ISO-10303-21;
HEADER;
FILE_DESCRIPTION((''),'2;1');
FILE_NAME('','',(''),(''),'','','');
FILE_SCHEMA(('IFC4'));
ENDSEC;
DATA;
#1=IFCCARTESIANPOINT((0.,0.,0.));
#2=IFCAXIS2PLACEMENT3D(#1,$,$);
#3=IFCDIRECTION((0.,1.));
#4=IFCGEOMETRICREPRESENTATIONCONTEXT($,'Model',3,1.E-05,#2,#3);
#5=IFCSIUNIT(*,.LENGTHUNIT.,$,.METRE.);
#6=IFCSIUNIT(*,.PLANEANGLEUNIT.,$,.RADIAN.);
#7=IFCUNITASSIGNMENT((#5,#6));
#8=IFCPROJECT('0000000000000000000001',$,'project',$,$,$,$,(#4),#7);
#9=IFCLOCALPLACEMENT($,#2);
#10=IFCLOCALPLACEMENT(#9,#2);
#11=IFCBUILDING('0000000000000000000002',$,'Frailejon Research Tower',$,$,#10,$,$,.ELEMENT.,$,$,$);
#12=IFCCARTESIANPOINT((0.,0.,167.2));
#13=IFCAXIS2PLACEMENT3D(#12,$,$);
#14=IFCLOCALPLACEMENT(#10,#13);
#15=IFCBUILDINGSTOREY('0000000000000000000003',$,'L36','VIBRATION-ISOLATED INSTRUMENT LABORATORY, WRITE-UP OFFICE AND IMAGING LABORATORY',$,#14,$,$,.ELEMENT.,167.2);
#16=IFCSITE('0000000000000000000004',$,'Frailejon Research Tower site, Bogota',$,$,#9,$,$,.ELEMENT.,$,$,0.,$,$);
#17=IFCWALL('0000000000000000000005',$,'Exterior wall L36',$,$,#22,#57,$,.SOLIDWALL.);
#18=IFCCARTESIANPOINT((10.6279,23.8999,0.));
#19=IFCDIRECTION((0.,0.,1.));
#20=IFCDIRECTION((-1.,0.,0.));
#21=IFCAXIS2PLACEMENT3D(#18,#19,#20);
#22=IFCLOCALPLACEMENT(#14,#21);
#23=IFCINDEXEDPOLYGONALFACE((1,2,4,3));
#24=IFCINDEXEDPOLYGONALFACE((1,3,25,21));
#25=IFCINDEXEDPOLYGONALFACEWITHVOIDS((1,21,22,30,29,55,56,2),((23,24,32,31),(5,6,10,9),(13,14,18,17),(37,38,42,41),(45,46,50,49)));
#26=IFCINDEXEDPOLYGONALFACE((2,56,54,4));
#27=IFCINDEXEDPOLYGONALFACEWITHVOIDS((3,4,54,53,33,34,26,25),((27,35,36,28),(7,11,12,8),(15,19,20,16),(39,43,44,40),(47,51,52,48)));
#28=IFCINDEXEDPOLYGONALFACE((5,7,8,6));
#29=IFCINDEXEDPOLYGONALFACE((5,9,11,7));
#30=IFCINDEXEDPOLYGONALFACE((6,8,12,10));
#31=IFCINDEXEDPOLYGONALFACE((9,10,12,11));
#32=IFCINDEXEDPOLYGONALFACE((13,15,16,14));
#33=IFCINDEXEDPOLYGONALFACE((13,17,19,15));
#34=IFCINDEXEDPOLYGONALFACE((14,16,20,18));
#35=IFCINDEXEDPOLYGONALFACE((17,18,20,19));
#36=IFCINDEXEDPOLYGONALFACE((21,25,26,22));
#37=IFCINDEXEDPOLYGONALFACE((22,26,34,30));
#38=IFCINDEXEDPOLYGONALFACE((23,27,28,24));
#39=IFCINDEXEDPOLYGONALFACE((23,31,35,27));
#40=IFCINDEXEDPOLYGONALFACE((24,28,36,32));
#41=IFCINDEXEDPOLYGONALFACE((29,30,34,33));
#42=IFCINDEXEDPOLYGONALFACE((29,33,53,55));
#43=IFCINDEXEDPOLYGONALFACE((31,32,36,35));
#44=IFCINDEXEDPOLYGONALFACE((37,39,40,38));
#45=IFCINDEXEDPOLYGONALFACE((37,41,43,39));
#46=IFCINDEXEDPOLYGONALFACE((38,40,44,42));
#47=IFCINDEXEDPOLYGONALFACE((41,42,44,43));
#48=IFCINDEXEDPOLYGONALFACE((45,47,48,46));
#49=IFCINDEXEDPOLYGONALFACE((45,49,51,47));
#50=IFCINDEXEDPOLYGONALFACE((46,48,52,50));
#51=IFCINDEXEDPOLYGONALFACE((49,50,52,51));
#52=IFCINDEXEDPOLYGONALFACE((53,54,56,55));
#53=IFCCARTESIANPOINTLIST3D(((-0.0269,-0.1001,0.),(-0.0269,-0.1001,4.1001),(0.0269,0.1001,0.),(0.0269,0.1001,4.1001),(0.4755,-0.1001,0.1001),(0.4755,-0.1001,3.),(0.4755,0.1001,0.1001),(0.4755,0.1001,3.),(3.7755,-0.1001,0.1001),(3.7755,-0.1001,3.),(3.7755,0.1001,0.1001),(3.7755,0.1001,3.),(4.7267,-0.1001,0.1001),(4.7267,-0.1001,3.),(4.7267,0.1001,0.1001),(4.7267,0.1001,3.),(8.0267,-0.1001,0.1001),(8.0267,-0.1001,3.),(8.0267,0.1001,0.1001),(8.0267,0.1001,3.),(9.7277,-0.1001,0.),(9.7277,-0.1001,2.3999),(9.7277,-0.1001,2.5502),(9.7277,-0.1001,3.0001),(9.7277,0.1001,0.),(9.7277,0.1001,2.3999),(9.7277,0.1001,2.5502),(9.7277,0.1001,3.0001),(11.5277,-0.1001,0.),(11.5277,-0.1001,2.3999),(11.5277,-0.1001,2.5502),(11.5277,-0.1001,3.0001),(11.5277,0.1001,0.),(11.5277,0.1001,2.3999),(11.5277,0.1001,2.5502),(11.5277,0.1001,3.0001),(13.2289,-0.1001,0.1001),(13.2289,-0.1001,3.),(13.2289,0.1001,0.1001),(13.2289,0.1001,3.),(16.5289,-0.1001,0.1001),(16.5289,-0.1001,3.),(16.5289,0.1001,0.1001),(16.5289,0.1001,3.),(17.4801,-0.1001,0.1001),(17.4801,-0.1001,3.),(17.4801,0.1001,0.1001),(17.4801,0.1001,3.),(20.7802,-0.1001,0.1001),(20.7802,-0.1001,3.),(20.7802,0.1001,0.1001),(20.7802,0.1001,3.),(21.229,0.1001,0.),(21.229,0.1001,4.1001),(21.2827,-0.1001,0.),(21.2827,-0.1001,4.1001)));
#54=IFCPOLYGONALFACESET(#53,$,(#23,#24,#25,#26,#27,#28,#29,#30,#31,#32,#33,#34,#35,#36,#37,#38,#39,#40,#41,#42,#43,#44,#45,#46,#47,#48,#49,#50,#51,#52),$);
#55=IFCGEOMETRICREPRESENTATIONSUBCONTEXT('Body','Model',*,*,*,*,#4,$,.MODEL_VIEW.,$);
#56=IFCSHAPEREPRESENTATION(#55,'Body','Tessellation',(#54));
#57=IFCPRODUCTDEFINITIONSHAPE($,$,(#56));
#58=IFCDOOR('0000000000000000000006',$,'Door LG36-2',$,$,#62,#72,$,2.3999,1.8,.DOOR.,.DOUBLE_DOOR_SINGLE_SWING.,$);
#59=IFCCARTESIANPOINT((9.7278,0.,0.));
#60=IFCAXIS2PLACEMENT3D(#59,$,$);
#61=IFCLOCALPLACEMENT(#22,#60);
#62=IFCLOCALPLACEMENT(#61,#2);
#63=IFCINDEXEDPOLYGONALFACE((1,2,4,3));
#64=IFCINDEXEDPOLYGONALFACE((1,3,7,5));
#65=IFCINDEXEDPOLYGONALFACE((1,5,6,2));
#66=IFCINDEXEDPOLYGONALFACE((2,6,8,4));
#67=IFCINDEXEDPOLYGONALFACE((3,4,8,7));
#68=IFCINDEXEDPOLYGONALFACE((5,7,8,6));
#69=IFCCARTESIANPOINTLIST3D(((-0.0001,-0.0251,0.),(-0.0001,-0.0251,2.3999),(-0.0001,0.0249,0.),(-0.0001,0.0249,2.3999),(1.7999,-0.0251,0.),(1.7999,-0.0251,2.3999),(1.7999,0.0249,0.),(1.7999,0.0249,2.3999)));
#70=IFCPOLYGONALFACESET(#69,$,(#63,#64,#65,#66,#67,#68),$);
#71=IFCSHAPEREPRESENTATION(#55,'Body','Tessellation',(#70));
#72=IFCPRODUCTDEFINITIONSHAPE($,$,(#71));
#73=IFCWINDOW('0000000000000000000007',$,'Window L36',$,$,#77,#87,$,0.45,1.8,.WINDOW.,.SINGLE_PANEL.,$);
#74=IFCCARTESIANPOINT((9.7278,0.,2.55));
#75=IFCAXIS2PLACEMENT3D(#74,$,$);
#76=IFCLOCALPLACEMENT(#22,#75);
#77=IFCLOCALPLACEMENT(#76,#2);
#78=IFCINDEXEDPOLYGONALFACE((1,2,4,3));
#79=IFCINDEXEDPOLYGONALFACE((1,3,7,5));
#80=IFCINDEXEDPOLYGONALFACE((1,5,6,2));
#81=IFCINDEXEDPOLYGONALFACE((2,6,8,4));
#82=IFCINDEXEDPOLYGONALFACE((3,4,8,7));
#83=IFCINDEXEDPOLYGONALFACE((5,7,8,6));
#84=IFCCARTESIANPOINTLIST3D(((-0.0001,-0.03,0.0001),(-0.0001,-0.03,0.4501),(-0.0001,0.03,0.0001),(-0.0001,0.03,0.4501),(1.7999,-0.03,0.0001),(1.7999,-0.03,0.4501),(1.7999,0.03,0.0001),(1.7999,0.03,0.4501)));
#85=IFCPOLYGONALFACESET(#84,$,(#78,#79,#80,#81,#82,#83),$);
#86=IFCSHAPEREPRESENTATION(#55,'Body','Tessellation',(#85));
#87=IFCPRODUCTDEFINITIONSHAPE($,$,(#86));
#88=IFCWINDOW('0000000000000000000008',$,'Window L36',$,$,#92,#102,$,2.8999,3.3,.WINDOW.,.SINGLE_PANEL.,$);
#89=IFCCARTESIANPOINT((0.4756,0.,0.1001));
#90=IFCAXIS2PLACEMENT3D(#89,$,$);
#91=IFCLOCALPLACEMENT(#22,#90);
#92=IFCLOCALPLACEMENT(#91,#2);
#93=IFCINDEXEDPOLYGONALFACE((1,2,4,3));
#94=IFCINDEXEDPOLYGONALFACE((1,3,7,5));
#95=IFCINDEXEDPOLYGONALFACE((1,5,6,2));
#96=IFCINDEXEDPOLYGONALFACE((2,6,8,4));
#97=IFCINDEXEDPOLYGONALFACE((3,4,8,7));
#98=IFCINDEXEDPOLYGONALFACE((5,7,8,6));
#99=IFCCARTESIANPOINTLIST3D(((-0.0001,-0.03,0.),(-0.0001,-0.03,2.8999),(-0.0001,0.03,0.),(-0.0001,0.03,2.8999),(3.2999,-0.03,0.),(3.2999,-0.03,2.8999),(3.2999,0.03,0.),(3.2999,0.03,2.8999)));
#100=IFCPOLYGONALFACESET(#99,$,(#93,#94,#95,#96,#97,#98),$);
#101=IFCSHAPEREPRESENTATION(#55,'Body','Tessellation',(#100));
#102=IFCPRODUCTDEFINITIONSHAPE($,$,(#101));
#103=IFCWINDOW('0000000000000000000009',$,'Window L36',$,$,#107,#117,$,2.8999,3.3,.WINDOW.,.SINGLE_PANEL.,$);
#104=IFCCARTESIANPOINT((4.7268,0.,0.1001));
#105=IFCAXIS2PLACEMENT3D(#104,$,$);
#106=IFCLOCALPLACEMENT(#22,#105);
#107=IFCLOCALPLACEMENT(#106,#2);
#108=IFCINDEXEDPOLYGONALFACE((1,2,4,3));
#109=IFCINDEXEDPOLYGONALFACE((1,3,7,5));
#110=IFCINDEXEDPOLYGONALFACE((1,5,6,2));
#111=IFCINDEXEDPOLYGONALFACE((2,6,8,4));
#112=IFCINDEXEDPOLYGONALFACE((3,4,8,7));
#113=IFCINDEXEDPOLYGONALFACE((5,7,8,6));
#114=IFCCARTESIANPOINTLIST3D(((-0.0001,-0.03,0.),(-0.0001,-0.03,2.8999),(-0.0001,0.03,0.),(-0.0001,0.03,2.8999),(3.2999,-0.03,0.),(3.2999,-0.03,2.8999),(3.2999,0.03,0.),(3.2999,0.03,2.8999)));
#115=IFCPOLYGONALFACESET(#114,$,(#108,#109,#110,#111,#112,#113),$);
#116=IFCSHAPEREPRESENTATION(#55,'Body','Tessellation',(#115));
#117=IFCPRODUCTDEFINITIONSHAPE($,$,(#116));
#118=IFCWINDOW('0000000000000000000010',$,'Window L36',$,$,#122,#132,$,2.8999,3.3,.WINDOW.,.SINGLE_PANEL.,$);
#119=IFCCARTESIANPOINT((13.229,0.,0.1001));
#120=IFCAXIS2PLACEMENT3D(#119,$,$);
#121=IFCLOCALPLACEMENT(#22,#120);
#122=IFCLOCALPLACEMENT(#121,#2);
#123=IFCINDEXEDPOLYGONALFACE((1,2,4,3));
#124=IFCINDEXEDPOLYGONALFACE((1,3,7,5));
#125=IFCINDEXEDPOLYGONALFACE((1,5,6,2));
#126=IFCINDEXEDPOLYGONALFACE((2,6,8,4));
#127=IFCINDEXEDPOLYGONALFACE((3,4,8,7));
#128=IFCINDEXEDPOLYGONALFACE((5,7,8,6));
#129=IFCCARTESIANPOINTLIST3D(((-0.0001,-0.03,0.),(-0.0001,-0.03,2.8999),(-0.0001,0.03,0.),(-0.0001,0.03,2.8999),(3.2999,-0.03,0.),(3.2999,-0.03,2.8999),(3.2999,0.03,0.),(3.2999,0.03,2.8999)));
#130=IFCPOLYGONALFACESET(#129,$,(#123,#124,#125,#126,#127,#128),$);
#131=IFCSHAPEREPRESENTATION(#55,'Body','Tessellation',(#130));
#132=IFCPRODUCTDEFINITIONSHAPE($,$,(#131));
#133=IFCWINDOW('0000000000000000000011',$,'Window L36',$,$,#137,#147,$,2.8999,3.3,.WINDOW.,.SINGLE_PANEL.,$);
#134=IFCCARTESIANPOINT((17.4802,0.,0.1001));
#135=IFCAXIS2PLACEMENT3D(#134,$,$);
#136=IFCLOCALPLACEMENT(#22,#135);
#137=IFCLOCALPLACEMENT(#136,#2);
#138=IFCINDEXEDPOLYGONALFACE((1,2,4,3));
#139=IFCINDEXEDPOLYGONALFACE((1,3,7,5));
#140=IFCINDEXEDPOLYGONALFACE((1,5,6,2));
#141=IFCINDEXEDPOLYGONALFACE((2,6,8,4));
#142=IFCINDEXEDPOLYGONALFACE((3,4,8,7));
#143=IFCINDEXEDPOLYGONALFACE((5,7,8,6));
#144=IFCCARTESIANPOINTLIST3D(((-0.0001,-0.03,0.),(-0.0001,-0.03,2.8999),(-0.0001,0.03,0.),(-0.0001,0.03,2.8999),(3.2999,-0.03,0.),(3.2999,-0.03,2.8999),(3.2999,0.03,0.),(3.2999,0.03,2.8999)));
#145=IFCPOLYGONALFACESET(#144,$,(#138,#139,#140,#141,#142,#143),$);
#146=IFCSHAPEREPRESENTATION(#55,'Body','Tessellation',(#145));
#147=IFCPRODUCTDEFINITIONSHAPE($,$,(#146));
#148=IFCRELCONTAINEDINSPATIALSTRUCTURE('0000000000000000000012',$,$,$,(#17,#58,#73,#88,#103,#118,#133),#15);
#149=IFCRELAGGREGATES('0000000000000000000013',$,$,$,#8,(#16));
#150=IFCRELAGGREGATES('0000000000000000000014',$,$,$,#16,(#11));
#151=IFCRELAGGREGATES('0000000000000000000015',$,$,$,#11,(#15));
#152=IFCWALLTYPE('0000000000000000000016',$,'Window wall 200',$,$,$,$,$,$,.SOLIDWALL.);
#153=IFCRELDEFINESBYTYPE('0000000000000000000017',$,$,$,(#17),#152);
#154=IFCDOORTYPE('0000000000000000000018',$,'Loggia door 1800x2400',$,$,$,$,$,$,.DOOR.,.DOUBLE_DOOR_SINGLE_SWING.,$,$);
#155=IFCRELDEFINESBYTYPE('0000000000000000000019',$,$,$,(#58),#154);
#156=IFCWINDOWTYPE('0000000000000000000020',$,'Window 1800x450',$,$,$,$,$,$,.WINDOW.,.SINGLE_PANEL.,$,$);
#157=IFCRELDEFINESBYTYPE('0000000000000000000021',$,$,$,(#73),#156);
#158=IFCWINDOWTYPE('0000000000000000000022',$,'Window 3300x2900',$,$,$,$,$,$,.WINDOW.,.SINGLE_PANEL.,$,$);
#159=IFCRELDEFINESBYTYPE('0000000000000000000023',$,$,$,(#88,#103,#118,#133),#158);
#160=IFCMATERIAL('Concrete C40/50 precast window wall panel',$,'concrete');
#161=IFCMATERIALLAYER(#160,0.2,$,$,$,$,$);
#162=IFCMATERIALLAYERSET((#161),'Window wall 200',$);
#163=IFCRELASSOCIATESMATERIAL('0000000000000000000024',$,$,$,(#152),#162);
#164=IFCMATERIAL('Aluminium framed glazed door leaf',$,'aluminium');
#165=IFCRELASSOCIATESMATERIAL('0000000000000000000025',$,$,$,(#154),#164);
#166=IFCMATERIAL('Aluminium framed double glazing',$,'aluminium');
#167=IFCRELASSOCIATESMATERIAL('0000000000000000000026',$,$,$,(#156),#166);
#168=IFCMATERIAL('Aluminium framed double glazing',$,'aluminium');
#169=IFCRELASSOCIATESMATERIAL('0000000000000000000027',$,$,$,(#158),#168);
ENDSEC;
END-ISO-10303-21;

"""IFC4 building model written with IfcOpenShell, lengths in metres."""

from ifc_helpers import new_model, si_unit, direction, frame, frame_2d, origin, place, context, subcontext, project, spatial, polyline, rectangle, outline, extrude, material, layer, layer_set, type_object, element, fill, save


model = new_model("IFC4")

# Units and contexts
model_context = context("Model", 3, precision=1e-05, world=origin(), true_north=direction((0.0, 1.0)))
body_context = subcontext(model_context, "Body", "Model", "MODEL_VIEW")
ifc_project = project(units=[si_unit("LENGTHUNIT", "METRE"), si_unit("PLANEANGLEUNIT", "RADIAN")], contexts=[model_context])

# Site, building, storey
site_placement = place(None, origin())
site = spatial("IfcSite", under=ifc_project, at=site_placement, Name="Frailejon Research Tower site, Bogota", CompositionType="ELEMENT", RefElevation=0.0)
building_placement = place(site_placement, origin())
building = spatial("IfcBuilding", under=site, at=building_placement, Name="Frailejon Research Tower", CompositionType="ELEMENT")
storey_placement = place(building_placement, frame((0.0, 0.0, 167.2)))
storey = spatial("IfcBuildingStorey", under=building, at=storey_placement, Name="L36", Description="VIBRATION-ISOLATED INSTRUMENT LABORATORY, WRITE-UP OFFICE AND IMAGING LABORATORY", CompositionType="ELEMENT", Elevation=167.2)

# Wall, openings, door, windows
ifc_material_1 = material(Name="Concrete C40/50 precast window wall panel", Category="concrete")
ifc_layer_1 = layer(ifc_material_1, 0.2)
ifc_layer_set_1 = layer_set([ifc_layer_1], Name="Window wall 200")
wall_type_1 = type_object("IfcWallType", Name="Window wall 200", PredefinedType="SOLIDWALL", material=ifc_layer_set_1)
wall_1_placement = place(storey_placement, frame((10.6279, 23.8999, 0.0), z_axis=(0.0, 0.0, 1.0), x_axis=(-1.0, 0.0, 0.0)))
wall_1 = element("IfcWall", 1, at=wall_1_placement, inside=storey, type_object=wall_type_1, Name="Exterior wall L36", PredefinedType="SOLIDWALL", context=body_context, shape_type="SweptSolid", body=[
    extrude(outline(polyline([(-0.0269, -0.1001), (0.9878, -0.1001), (2.0027, -0.1001), (3.0173, -0.1001), (4.0322, -0.1001), (5.0469, -0.1001), (6.0615, -0.1001), (7.0764, -0.1001), (8.0911, -0.1001), (9.1057, -0.1001), (10.1206, -0.1001), (11.1353, -0.1001), (12.1501, -0.1001), (13.1648, -0.1001), (14.1794, -0.1001), (15.1943, -0.1001), (16.209, -0.1001), (17.2236, -0.1001), (18.2385, -0.1001), (19.2532, -0.1001), (20.2681, -0.1001), (21.2827, -0.1001), (21.229, 0.1001), (20.2195, 0.1001), (19.2097, 0.1001), (18.2002, 0.1001), (17.1904, 0.1001), (16.1809, 0.1001), (15.1711, 0.1001), (14.1616, 0.1001), (13.1521, 0.1001), (12.1423, 0.1001), (11.1328, 0.1001), (10.123, 0.1001), (9.1135, 0.1001), (8.1038, 0.1001), (7.0942, 0.1001), (6.0847, 0.1001), (5.075, 0.1001), (4.0654, 0.1001), (3.0557, 0.1001), (2.0461, 0.1001), (1.0364, 0.1001), (0.0269, 0.1001), (-0.0269, -0.1001)])), origin(), (0.0, 0.0, 1.0), 4.1001),
])
opening_1_placement = place(wall_1_placement, frame((0.4756, 0.0, 0.1001)))
opening_1 = element("IfcOpeningElement", 2, at=opening_1_placement, cuts=wall_1, PredefinedType="OPENING", context=body_context, shape_type="SweptSolid", body=[
    extrude(rectangle(XDim=3.3, YDim=2.8999, at=frame_2d((1.6499, 1.45))), frame((0.0, 0.1099, 0.0), z_axis=(0.0, -1.0, 0.0), x_axis=(1.0, 0.0, 0.0)), (0.0, 0.0, 1.0), 0.22),
])
opening_2_placement = place(wall_1_placement, frame((4.7268, 0.0, 0.1001)))
opening_2 = element("IfcOpeningElement", 3, at=opening_2_placement, cuts=wall_1, PredefinedType="OPENING", context=body_context, shape_type="SweptSolid", body=[
    extrude(rectangle(XDim=3.3, YDim=2.8999, at=frame_2d((1.6499, 1.45))), frame((0.0, 0.1099, 0.0), z_axis=(0.0, -1.0, 0.0), x_axis=(1.0, 0.0, 0.0)), (0.0, 0.0, 1.0), 0.22),
])
opening_3_placement = place(wall_1_placement, frame((9.7278, 0.0, 0.0)))
opening_3 = element("IfcOpeningElement", 4, at=opening_3_placement, cuts=wall_1, PredefinedType="OPENING", context=body_context, shape_type="SweptSolid", body=[
    extrude(rectangle(XDim=1.8, YDim=2.3999, at=frame_2d((0.8999, 1.2))), frame((0.0, 0.1099, 0.0), z_axis=(0.0, -1.0, 0.0), x_axis=(1.0, 0.0, 0.0)), (0.0, 0.0, 1.0), 0.22),
])
opening_4_placement = place(wall_1_placement, frame((9.7278, 0.0, 2.55)))
opening_4 = element("IfcOpeningElement", 5, at=opening_4_placement, cuts=wall_1, PredefinedType="OPENING", context=body_context, shape_type="SweptSolid", body=[
    extrude(rectangle(XDim=1.8, YDim=0.45, at=frame_2d((0.8999, 0.2251))), frame((0.0, 0.1099, 0.0), z_axis=(0.0, -1.0, 0.0), x_axis=(1.0, 0.0, 0.0)), (0.0, 0.0, 1.0), 0.22),
])
opening_5_placement = place(wall_1_placement, frame((13.229, 0.0, 0.1001)))
opening_5 = element("IfcOpeningElement", 6, at=opening_5_placement, cuts=wall_1, PredefinedType="OPENING", context=body_context, shape_type="SweptSolid", body=[
    extrude(rectangle(XDim=3.3, YDim=2.8999, at=frame_2d((1.6499, 1.45))), frame((0.0, 0.1099, 0.0), z_axis=(0.0, -1.0, 0.0), x_axis=(1.0, 0.0, 0.0)), (0.0, 0.0, 1.0), 0.22),
])
opening_6_placement = place(wall_1_placement, frame((17.4802, 0.0, 0.1001)))
opening_6 = element("IfcOpeningElement", 7, at=opening_6_placement, cuts=wall_1, PredefinedType="OPENING", context=body_context, shape_type="SweptSolid", body=[
    extrude(rectangle(XDim=3.3, YDim=2.8999, at=frame_2d((1.6499, 1.45))), frame((0.0, 0.1099, 0.0), z_axis=(0.0, -1.0, 0.0), x_axis=(1.0, 0.0, 0.0)), (0.0, 0.0, 1.0), 0.22),
])
ifc_material_2 = material(Name="Aluminium framed glazed door leaf", Category="aluminium")
door_type_1 = type_object("IfcDoorType", Name="Loggia door 1800x2400", OperationType="DOUBLE_DOOR_SINGLE_SWING", PredefinedType="DOOR", material=ifc_material_2)
door_1_placement = place(opening_3_placement, origin())
door_1 = element("IfcDoor", 8, at=door_1_placement, inside=storey, type_object=door_type_1, Name="Door LG36-2", OperationType="DOUBLE_DOOR_SINGLE_SWING", OverallHeight=2.3999, OverallWidth=1.8, PredefinedType="DOOR", context=body_context, shape_type="SweptSolid", body=[
    extrude(rectangle(XDim=1.8, YDim=2.3999, at=frame_2d((0.8999, 1.2))), frame((0.0, 0.0249, 0.0), z_axis=(0.0, -1.0, 0.0), x_axis=(1.0, 0.0, 0.0)), (0.0, 0.0, 1.0), 0.05),
])
fill(opening_3, door_1)
ifc_material_3 = material(Name="Aluminium framed double glazing", Category="aluminium")
window_type_1 = type_object("IfcWindowType", Name="Window 1800x450", PartitioningType="SINGLE_PANEL", PredefinedType="WINDOW", material=ifc_material_3)
window_1_placement = place(opening_4_placement, origin())
window_1 = element("IfcWindow", 9, at=window_1_placement, inside=storey, type_object=window_type_1, Name="Window L36", OverallHeight=0.45, OverallWidth=1.8, PartitioningType="SINGLE_PANEL", PredefinedType="WINDOW", context=body_context, shape_type="SweptSolid", body=[
    extrude(rectangle(XDim=1.8, YDim=0.45, at=frame_2d((0.8999, 0.2251))), frame((0.0, 0.03, 0.0), z_axis=(0.0, -1.0, 0.0), x_axis=(1.0, 0.0, 0.0)), (0.0, 0.0, 1.0), 0.0601),
])
fill(opening_4, window_1)
ifc_material_4 = material(Name="Aluminium framed double glazing", Category="aluminium")
window_type_2 = type_object("IfcWindowType", Name="Window 3300x2900", PartitioningType="SINGLE_PANEL", PredefinedType="WINDOW", material=ifc_material_4)
window_2_placement = place(opening_1_placement, origin())
window_2 = element("IfcWindow", 10, at=window_2_placement, inside=storey, type_object=window_type_2, Name="Window L36", OverallHeight=2.8999, OverallWidth=3.3, PartitioningType="SINGLE_PANEL", PredefinedType="WINDOW", context=body_context, shape_type="SweptSolid", body=[
    extrude(rectangle(XDim=3.3, YDim=2.8999, at=frame_2d((1.6499, 1.45))), frame((0.0, 0.03, 0.0), z_axis=(0.0, -1.0, 0.0), x_axis=(1.0, 0.0, 0.0)), (0.0, 0.0, 1.0), 0.0601),
])
fill(opening_1, window_2)
window_3_placement = place(opening_2_placement, origin())
window_3 = element("IfcWindow", 11, at=window_3_placement, inside=storey, type_object=window_type_2, Name="Window L36", OverallHeight=2.8999, OverallWidth=3.3, PartitioningType="SINGLE_PANEL", PredefinedType="WINDOW", context=body_context, shape_type="SweptSolid", body=[
    extrude(rectangle(XDim=3.3, YDim=2.8999, at=frame_2d((1.6499, 1.45))), frame((0.0, 0.03, 0.0), z_axis=(0.0, -1.0, 0.0), x_axis=(1.0, 0.0, 0.0)), (0.0, 0.0, 1.0), 0.0601),
])
fill(opening_2, window_3)
window_4_placement = place(opening_5_placement, origin())
window_4 = element("IfcWindow", 12, at=window_4_placement, inside=storey, type_object=window_type_2, Name="Window L36", OverallHeight=2.8999, OverallWidth=3.3, PartitioningType="SINGLE_PANEL", PredefinedType="WINDOW", context=body_context, shape_type="SweptSolid", body=[
    extrude(rectangle(XDim=3.3, YDim=2.8999, at=frame_2d((1.6499, 1.45))), frame((0.0, 0.03, 0.0), z_axis=(0.0, -1.0, 0.0), x_axis=(1.0, 0.0, 0.0)), (0.0, 0.0, 1.0), 0.0601),
])
fill(opening_5, window_4)
window_5_placement = place(opening_6_placement, origin())
window_5 = element("IfcWindow", 13, at=window_5_placement, inside=storey, type_object=window_type_2, Name="Window L36", OverallHeight=2.8999, OverallWidth=3.3, PartitioningType="SINGLE_PANEL", PredefinedType="WINDOW", context=body_context, shape_type="SweptSolid", body=[
    extrude(rectangle(XDim=3.3, YDim=2.8999, at=frame_2d((1.6499, 1.45))), frame((0.0, 0.03, 0.0), z_axis=(0.0, -1.0, 0.0), x_axis=(1.0, 0.0, 0.0)), (0.0, 0.0, 1.0), 0.0601),
])
fill(opening_6, window_5)

save(model, "model.ifc")
